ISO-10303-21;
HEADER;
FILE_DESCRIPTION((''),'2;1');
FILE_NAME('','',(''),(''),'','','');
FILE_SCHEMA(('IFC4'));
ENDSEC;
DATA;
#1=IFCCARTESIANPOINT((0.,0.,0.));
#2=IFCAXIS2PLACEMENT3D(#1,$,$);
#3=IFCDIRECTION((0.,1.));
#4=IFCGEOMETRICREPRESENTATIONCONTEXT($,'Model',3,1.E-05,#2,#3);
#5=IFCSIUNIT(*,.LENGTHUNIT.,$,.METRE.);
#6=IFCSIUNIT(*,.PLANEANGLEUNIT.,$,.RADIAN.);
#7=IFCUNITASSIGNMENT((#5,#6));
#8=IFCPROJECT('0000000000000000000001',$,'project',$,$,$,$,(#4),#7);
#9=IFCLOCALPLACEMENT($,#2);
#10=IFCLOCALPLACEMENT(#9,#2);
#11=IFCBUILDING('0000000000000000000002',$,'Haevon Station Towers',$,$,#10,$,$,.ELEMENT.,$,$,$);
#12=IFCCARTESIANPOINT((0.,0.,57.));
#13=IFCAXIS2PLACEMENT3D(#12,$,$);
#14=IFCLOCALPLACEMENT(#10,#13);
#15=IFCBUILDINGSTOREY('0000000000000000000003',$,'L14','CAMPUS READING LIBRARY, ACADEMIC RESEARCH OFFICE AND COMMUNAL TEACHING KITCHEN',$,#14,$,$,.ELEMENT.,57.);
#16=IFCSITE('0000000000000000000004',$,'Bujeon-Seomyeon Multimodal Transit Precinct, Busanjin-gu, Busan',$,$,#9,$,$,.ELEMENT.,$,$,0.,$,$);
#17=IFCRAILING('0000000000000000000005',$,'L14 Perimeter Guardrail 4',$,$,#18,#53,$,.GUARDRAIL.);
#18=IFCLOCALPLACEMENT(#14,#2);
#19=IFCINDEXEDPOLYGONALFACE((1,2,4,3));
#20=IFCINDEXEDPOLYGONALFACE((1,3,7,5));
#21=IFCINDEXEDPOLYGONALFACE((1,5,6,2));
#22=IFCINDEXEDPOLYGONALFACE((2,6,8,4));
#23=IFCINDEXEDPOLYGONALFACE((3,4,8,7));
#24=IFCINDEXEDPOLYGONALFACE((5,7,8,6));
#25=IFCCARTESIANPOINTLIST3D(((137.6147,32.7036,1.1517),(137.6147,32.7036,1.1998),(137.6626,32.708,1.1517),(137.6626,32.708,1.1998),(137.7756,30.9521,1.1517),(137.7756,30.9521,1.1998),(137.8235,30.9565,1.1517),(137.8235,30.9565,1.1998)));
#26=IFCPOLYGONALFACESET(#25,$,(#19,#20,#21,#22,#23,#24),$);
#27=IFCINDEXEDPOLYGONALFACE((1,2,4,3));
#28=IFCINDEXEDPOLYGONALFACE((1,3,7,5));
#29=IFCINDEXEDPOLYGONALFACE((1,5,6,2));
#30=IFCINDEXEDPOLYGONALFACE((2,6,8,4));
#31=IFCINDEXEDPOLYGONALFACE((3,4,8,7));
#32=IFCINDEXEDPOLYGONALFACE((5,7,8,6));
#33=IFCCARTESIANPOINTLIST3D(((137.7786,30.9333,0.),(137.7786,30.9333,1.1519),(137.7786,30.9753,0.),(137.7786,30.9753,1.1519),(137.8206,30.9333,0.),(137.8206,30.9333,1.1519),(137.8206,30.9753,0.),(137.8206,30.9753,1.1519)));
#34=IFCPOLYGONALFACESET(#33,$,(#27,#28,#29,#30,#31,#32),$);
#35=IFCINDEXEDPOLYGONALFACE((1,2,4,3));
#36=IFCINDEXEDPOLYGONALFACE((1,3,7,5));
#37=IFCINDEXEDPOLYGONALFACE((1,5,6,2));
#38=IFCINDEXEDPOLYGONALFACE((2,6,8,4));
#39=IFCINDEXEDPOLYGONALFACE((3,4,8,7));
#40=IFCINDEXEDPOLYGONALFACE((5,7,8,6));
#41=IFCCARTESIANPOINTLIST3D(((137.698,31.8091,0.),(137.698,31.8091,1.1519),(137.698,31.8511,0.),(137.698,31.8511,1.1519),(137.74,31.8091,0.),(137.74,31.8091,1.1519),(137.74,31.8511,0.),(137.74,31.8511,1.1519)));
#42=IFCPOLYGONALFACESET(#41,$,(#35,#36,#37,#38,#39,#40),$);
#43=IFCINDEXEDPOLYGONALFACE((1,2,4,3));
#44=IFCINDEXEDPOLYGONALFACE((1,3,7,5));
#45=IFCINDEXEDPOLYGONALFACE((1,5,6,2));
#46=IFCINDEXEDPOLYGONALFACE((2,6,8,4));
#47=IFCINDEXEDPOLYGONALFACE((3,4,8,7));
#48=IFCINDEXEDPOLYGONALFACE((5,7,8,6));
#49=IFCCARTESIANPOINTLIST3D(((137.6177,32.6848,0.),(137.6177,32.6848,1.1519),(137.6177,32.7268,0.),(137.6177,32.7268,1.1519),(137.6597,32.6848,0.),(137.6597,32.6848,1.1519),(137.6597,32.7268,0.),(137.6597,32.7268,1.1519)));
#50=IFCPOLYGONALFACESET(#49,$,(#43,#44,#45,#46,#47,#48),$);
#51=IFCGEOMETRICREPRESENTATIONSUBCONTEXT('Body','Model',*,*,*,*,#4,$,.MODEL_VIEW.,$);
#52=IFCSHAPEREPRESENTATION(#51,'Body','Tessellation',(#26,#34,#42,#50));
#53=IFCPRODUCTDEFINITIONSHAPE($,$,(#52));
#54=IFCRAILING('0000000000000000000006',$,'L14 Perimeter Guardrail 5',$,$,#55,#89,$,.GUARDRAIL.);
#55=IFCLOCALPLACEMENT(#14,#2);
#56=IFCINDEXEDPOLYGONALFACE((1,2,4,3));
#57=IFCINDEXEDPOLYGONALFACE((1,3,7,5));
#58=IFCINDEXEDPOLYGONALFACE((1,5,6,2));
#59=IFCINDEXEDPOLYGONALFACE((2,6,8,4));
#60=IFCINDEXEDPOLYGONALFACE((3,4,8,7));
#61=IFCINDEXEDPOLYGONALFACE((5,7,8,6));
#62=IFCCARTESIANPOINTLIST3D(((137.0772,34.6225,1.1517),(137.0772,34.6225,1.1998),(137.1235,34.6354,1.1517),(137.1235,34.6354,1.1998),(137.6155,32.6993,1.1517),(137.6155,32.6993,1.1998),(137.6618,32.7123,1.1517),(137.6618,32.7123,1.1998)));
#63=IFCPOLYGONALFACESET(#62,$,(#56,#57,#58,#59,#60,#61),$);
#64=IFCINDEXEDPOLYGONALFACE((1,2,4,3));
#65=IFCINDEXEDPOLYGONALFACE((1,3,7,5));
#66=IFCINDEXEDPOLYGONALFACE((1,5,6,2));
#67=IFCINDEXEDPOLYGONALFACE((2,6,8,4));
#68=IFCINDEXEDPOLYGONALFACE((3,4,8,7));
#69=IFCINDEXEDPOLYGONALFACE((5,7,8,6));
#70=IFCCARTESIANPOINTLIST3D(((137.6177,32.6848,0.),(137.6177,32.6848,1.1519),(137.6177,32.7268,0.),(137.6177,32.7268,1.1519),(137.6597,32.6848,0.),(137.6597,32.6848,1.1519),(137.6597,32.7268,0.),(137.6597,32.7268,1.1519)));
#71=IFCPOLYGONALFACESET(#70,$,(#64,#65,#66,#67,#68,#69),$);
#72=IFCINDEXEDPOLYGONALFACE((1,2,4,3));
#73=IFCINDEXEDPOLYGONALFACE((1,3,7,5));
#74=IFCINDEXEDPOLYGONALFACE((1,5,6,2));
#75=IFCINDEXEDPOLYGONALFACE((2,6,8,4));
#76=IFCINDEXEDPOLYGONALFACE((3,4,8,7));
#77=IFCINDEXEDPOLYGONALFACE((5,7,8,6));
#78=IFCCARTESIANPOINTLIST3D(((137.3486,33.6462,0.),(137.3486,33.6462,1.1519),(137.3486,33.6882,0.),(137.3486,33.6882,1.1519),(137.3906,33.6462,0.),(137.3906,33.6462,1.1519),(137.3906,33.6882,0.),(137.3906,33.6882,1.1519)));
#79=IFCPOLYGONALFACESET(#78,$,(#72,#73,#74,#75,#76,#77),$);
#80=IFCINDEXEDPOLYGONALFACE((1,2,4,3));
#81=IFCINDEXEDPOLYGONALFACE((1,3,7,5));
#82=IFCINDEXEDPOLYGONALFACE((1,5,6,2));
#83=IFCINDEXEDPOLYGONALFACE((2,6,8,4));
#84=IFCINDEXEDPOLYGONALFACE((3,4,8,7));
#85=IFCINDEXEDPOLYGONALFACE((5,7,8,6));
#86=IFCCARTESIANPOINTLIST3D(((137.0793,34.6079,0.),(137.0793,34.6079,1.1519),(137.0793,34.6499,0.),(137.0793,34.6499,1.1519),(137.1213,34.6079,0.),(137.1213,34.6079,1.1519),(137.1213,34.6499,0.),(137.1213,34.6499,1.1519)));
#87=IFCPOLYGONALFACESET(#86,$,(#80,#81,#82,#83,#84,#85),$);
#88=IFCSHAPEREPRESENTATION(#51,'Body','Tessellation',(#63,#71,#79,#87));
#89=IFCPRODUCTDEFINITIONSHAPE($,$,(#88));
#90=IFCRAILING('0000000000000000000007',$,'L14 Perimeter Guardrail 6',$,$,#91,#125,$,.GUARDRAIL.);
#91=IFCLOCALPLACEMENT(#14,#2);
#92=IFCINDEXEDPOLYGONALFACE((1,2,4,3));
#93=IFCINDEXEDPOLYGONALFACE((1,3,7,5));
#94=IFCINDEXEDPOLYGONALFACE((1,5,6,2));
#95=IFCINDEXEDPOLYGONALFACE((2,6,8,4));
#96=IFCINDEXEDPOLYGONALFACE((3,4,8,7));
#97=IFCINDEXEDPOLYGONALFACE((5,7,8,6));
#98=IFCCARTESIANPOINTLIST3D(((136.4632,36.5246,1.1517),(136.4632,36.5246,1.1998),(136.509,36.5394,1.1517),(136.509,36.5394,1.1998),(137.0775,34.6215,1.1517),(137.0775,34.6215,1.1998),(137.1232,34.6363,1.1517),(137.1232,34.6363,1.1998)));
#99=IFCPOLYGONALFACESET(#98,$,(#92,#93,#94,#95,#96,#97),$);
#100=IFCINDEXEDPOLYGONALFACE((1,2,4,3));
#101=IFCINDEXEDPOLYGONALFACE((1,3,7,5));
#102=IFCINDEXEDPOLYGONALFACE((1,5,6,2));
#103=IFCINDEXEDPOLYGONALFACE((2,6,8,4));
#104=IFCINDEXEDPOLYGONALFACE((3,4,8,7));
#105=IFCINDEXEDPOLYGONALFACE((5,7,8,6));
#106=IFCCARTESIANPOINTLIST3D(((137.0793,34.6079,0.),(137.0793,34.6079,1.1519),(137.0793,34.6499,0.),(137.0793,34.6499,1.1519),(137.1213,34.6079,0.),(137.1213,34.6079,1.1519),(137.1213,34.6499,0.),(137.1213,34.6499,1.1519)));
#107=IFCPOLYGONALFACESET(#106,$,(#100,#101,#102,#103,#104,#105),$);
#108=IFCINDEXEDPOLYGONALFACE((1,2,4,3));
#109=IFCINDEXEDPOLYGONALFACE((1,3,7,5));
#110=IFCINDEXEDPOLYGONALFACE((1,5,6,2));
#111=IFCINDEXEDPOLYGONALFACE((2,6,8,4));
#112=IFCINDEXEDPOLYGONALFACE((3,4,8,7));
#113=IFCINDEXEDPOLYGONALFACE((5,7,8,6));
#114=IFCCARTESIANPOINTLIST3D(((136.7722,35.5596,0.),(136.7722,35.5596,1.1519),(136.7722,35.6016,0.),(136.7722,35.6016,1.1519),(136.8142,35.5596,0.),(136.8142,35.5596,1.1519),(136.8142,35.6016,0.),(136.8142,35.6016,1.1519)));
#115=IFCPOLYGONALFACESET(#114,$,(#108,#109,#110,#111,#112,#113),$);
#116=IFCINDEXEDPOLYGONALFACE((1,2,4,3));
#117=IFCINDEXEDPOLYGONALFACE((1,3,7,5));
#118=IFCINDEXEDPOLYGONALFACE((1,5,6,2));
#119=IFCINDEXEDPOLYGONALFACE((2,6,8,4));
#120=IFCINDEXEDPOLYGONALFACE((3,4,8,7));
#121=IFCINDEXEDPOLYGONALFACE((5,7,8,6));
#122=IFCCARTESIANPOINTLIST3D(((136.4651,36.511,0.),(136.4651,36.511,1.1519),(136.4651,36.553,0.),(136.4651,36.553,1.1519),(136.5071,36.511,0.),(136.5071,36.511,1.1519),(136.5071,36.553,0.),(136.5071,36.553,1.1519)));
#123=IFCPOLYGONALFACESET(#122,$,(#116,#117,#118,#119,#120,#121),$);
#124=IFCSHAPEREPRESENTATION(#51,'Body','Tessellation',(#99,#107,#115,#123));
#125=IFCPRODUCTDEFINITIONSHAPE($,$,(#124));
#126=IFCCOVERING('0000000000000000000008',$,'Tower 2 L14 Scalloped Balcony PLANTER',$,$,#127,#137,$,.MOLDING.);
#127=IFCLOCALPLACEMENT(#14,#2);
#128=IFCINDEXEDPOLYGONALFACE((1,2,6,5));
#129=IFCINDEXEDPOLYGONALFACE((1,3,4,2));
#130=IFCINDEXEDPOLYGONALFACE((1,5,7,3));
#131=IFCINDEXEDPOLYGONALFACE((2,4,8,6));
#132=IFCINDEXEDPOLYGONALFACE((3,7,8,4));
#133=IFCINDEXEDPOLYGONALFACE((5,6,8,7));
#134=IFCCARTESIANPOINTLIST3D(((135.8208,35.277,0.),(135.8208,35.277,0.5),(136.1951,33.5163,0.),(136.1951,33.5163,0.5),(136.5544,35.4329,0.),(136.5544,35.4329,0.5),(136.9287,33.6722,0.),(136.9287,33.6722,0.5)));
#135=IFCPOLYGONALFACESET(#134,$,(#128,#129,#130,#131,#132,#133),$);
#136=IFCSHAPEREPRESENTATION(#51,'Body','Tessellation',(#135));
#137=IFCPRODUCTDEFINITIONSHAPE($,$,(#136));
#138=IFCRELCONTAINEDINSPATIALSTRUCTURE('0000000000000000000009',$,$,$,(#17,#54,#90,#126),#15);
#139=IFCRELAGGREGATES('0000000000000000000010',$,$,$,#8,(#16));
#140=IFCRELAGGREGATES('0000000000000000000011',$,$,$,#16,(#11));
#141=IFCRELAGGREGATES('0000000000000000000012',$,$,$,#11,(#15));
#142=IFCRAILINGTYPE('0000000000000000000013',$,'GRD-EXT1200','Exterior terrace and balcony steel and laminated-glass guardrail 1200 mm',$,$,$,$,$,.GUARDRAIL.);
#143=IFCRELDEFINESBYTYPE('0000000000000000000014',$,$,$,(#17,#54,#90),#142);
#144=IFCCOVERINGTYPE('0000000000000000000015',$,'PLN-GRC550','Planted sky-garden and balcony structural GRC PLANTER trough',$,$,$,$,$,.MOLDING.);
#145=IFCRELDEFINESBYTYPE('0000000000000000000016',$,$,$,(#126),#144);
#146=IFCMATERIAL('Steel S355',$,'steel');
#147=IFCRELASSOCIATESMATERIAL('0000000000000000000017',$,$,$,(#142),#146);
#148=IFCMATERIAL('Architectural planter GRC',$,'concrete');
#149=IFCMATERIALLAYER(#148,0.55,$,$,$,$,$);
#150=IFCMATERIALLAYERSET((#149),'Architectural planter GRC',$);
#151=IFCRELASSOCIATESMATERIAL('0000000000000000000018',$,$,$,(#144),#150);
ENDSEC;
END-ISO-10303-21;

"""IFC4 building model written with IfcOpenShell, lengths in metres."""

from ifc_helpers import new_model, si_unit, direction, frame, origin, origin_2d, place, context, subcontext, project, spatial, rectangle, extrude, material, layer, layer_set, type_object, element, save


model = new_model("IFC4")

# Units and contexts
model_context = context("Model", 3, precision=1e-05, world=origin(), true_north=direction((0.0, 1.0)))
body_context = subcontext(model_context, "Body", "Model", "MODEL_VIEW")
ifc_project = project(units=[si_unit("LENGTHUNIT", "METRE"), si_unit("PLANEANGLEUNIT", "RADIAN")], contexts=[model_context])

# Site, building, storey
site_placement = place(None, origin())
site = spatial("IfcSite", under=ifc_project, at=site_placement, Name="Bujeon-Seomyeon Multimodal Transit Precinct, Busanjin-gu, Busan", CompositionType="ELEMENT", RefElevation=0.0)
building_placement = place(site_placement, origin())
building = spatial("IfcBuilding", under=site, at=building_placement, Name="Haevon Station Towers", CompositionType="ELEMENT")
storey_placement = place(building_placement, frame((0.0, 0.0, 57.0)))
storey = spatial("IfcBuildingStorey", under=building, at=storey_placement, Name="L14", Description="CAMPUS READING LIBRARY, ACADEMIC RESEARCH OFFICE AND COMMUNAL TEACHING KITCHEN", CompositionType="ELEMENT", Elevation=57.0)

# Shared definitions
ifc_material_1 = material(Name="Steel S355", Category="steel")

# Railings
railing_type = type_object("IfcRailingType", Name="GRD-EXT1200", Description="Exterior terrace and balcony steel and laminated-glass guardrail 1200 mm", PredefinedType="GUARDRAIL", material=ifc_material_1)
railing_1_placement = place(storey_placement, frame((137.7996, 30.9543, 0.0)))
element("IfcRailing", 1, at=railing_1_placement, inside=storey, type_object=railing_type, Name="L14 Perimeter Guardrail 4", PredefinedType="GUARDRAIL", context=body_context, shape_type="SweptSolid", body=[
    extrude(rectangle(XDim=0.0481, YDim=0.0481, at=origin_2d()), frame((0.0, 0.0, 1.1758), z_axis=(-0.091474, 0.995807, 0.0), x_axis=(-0.995807, -0.091474, 0.0)), (0.0, 0.0, 1.0), 1.7588),
    extrude(rectangle(XDim=0.042, YDim=0.042, at=origin_2d()), origin(), (0.0, 0.0, 1.0), 1.1519),
    extrude(rectangle(XDim=0.042, YDim=0.042, at=origin_2d()), frame((-0.0806, 0.8757, 0.0)), (0.0, 0.0, 1.0), 1.1519),
    extrude(rectangle(XDim=0.042, YDim=0.042, at=origin_2d()), frame((-0.1609, 1.7515, 0.0)), (0.0, 0.0, 1.0), 1.1519),
])
railing_2_placement = place(storey_placement, frame((137.6387, 32.7058, 0.0)))
element("IfcRailing", 2, at=railing_2_placement, inside=storey, type_object=railing_type, Name="L14 Perimeter Guardrail 5", PredefinedType="GUARDRAIL", context=body_context, shape_type="SweptSolid", body=[
    extrude(rectangle(XDim=0.0481, YDim=0.0481, at=origin_2d()), frame((0.0, 0.0, 1.1758), z_axis=(-0.269566, 0.962982, 0.0), x_axis=(-0.962982, -0.269566, 0.0)), (0.0, 0.0, 1.0), 1.9971),
    extrude(rectangle(XDim=0.042, YDim=0.042, at=origin_2d()), origin(), (0.0, 0.0, 1.0), 1.1519),
    extrude(rectangle(XDim=0.042, YDim=0.042, at=origin_2d()), frame((-0.269, 0.9614, 0.0)), (0.0, 0.0, 1.0), 1.1519),
    extrude(rectangle(XDim=0.042, YDim=0.042, at=origin_2d()), frame((-0.5383, 1.9231, 0.0)), (0.0, 0.0, 1.0), 1.1519),
])
railing_3_placement = place(storey_placement, frame((137.1003, 34.6289, 0.0)))
element("IfcRailing", 3, at=railing_3_placement, inside=storey, type_object=railing_type, Name="L14 Perimeter Guardrail 6", PredefinedType="GUARDRAIL", context=body_context, shape_type="SweptSolid", body=[
    extrude(rectangle(XDim=0.0481, YDim=0.0481, at=origin_2d()), frame((0.0, 0.0, 1.1758), z_axis=(-0.307167, 0.951656, 0.0), x_axis=(-0.951656, -0.307167, 0.0)), (0.0, 0.0, 1.0), 1.9998),
    extrude(rectangle(XDim=0.042, YDim=0.042, at=origin_2d()), origin(), (0.0, 0.0, 1.0), 1.1519),
    extrude(rectangle(XDim=0.042, YDim=0.042, at=origin_2d()), frame((-0.3071, 0.9517, 0.0)), (0.0, 0.0, 1.0), 1.1519),
    extrude(rectangle(XDim=0.042, YDim=0.042, at=origin_2d()), frame((-0.6143, 1.9031, 0.0)), (0.0, 0.0, 1.0), 1.1519),
])

# Covering
ifc_material_2 = material(Name="Architectural planter GRC", Category="concrete")
ifc_layer_1 = layer(ifc_material_2, 0.55)
ifc_layer_set_1 = layer_set([ifc_layer_1], Name="Architectural planter GRC")
covering_type = type_object("IfcCoveringType", Name="PLN-GRC550", Description="Planted sky-garden and balcony structural GRC PLANTER trough", PredefinedType="MOLDING", material=ifc_layer_set_1)
covering_placement = place(storey_placement, frame((136.3748, 34.4746, 0.0), z_axis=(0.0, 0.0, 1.0), x_axis=(0.978148, 0.207912, 0.0)))
element("IfcCovering", 4, at=covering_placement, inside=storey, type_object=covering_type, Name="Tower 2 L14 Scalloped Balcony PLANTER", PredefinedType="MOLDING", context=body_context, shape_type="SweptSolid", body=[
    extrude(rectangle(XDim=0.75, YDim=1.8, at=origin_2d()), origin(), (0.0, 0.0, 1.0), 0.5),
])

save(model, "model.ifc")
